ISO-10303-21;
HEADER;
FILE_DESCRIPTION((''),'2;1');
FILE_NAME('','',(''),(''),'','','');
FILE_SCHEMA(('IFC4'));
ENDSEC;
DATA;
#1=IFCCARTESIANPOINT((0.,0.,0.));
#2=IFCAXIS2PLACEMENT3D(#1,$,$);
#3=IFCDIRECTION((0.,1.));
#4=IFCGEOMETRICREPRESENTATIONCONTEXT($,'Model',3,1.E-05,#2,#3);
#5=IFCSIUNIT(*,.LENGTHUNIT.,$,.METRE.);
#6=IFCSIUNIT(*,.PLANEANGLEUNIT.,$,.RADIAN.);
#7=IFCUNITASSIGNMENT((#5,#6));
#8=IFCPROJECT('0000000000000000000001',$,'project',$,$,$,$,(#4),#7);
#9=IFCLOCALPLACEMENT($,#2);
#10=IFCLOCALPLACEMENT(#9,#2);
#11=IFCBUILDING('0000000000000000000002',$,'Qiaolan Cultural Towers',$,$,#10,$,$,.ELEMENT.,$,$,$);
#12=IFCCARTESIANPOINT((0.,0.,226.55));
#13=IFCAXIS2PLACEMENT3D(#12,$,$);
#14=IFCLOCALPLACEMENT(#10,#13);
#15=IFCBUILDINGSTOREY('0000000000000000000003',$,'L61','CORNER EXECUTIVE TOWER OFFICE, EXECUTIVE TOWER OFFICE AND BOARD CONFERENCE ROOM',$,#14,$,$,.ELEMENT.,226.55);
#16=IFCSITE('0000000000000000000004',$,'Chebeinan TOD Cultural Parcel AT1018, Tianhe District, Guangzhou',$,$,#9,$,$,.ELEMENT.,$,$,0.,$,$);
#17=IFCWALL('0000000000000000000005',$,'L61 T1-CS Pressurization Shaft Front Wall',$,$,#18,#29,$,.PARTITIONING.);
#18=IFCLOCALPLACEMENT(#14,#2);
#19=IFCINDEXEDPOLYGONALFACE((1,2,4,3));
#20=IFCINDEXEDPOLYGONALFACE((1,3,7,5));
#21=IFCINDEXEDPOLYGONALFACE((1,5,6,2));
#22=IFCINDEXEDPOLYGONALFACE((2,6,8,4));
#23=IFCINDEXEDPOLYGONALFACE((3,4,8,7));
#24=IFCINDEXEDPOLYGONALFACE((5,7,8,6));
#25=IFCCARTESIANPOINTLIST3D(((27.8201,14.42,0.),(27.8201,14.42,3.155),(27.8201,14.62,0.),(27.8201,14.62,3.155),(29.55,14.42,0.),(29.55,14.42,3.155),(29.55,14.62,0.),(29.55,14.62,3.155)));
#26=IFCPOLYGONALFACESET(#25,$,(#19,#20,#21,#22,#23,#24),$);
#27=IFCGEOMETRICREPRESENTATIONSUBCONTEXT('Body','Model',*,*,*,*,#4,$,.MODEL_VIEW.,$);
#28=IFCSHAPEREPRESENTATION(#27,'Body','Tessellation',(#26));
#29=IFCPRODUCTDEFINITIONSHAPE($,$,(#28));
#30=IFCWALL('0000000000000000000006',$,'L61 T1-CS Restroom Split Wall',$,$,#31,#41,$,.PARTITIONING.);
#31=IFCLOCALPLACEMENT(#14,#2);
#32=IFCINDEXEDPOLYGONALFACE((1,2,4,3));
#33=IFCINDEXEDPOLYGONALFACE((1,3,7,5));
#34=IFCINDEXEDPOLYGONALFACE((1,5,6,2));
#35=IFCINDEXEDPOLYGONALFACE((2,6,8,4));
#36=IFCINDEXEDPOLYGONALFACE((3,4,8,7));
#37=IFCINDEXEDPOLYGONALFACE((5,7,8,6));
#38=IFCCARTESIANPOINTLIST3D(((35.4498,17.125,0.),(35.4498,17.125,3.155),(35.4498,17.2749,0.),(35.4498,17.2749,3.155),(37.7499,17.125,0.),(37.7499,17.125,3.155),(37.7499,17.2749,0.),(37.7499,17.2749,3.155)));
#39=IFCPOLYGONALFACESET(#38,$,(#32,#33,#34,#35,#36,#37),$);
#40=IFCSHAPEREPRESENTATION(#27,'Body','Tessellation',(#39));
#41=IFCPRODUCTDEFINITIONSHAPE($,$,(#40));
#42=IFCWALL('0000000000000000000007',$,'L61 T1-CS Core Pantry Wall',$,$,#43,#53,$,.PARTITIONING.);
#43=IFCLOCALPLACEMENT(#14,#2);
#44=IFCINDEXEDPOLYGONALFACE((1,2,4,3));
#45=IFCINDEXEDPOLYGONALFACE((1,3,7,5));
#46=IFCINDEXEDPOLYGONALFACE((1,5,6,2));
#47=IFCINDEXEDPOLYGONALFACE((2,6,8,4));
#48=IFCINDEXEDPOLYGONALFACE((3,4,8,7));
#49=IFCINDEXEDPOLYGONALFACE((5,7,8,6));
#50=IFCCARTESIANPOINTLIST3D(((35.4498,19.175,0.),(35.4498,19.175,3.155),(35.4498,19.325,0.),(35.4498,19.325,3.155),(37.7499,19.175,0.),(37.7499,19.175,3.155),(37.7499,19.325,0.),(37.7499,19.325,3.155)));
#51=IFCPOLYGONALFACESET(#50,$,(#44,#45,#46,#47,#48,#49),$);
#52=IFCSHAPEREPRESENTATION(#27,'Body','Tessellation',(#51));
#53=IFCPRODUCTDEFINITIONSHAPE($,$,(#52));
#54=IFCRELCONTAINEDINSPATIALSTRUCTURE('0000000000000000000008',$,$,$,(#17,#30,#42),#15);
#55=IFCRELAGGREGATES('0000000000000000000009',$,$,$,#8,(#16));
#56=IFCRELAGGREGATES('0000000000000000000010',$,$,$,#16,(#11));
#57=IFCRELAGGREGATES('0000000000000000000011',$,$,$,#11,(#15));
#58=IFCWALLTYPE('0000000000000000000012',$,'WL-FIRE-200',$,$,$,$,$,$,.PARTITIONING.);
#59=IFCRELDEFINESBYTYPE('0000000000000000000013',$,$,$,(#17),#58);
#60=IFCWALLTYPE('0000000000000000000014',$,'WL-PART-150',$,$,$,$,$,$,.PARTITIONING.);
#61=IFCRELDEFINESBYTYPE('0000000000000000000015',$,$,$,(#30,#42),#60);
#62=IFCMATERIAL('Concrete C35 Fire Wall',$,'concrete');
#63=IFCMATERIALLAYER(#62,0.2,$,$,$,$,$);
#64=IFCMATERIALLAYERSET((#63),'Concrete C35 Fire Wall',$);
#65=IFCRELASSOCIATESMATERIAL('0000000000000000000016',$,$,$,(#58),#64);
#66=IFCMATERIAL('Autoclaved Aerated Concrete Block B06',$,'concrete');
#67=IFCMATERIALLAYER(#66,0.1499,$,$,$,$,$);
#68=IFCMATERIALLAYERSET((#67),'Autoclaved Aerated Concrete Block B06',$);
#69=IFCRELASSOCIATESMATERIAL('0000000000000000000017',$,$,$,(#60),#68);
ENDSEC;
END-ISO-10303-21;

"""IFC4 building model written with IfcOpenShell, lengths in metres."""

from ifc_helpers import new_model, si_unit, direction, frame, frame_2d, origin, place, context, subcontext, project, spatial, rectangle, extrude, material, layer, layer_set, type_object, element, save


model = new_model("IFC4")

# Units and contexts
model_context = context("Model", 3, precision=1e-05, world=origin(), true_north=direction((0.0, 1.0)))
body_context = subcontext(model_context, "Body", "Model", "MODEL_VIEW")
ifc_project = project(units=[si_unit("LENGTHUNIT", "METRE"), si_unit("PLANEANGLEUNIT", "RADIAN")], contexts=[model_context])

# Site, building, storey
site_placement = place(None, origin())
site = spatial("IfcSite", under=ifc_project, at=site_placement, Name="Chebeinan TOD Cultural Parcel AT1018, Tianhe District, Guangzhou", CompositionType="ELEMENT", RefElevation=0.0)
building_placement = place(site_placement, origin())
building = spatial("IfcBuilding", under=site, at=building_placement, Name="Qiaolan Cultural Towers", CompositionType="ELEMENT")
storey_placement = place(building_placement, frame((0.0, 0.0, 226.55)))
storey = spatial("IfcBuildingStorey", under=building, at=storey_placement, Name="L61", Description="CORNER EXECUTIVE TOWER OFFICE, EXECUTIVE TOWER OFFICE AND BOARD CONFERENCE ROOM", CompositionType="ELEMENT", Elevation=226.55)

# Shared definitions
ifc_material_1 = material(Name="Concrete C35 Fire Wall", Category="concrete")
ifc_layer_1 = layer(ifc_material_1, 0.2)
ifc_layer_set_1 = layer_set([ifc_layer_1], Name="Concrete C35 Fire Wall")
wall_type_1 = type_object("IfcWallType", Name="WL-FIRE-200", PredefinedType="PARTITIONING", material=ifc_layer_set_1)

# Walls
wall_1_placement = place(storey_placement, frame((27.8201, 14.52, 0.0), z_axis=(0.0, 0.0, 1.0), x_axis=(1.0, 0.0, 0.0)))
element("IfcWall", 1, at=wall_1_placement, inside=storey, type_object=wall_type_1, Name="L61 T1-CS Pressurization Shaft Front Wall", PredefinedType="PARTITIONING", context=body_context, shape_type="SweptSolid", body=[
    extrude(rectangle(XDim=1.73, YDim=0.2, at=frame_2d((0.865, 0.0))), origin(), (0.0, 0.0, 1.0), 3.155),
])
ifc_material_2 = material(Name="Autoclaved Aerated Concrete Block B06", Category="concrete")
ifc_layer_2 = layer(ifc_material_2, 0.1499)
ifc_layer_set_2 = layer_set([ifc_layer_2], Name="Autoclaved Aerated Concrete Block B06")
wall_type_2 = type_object("IfcWallType", Name="WL-PART-150", PredefinedType="PARTITIONING", material=ifc_layer_set_2)
for number, where, z_axis, x_axis, name in (
    (2, (35.45, 17.2, 0.0), (0.0, 0.0, 1.0), (1.0, 0.0, 0.0), "L61 T1-CS Restroom Split Wall"),
    (3, (35.45, 19.25, 0.0), (0.0, 0.0, 1.0), (1.0, 0.0, 0.0), "L61 T1-CS Core Pantry Wall"),
):
    element("IfcWall", number, at=place(storey_placement, frame(where, z_axis=z_axis, x_axis=x_axis)), inside=storey, type_object=wall_type_2, Name=name, PredefinedType="PARTITIONING", context=body_context, shape_type="SweptSolid", body=[
        extrude(rectangle(XDim=2.3, YDim=0.1499, at=frame_2d((1.1499, 0.0))), origin(), (0.0, 0.0, 1.0), 3.155),
    ])

save(model, "model.ifc")
